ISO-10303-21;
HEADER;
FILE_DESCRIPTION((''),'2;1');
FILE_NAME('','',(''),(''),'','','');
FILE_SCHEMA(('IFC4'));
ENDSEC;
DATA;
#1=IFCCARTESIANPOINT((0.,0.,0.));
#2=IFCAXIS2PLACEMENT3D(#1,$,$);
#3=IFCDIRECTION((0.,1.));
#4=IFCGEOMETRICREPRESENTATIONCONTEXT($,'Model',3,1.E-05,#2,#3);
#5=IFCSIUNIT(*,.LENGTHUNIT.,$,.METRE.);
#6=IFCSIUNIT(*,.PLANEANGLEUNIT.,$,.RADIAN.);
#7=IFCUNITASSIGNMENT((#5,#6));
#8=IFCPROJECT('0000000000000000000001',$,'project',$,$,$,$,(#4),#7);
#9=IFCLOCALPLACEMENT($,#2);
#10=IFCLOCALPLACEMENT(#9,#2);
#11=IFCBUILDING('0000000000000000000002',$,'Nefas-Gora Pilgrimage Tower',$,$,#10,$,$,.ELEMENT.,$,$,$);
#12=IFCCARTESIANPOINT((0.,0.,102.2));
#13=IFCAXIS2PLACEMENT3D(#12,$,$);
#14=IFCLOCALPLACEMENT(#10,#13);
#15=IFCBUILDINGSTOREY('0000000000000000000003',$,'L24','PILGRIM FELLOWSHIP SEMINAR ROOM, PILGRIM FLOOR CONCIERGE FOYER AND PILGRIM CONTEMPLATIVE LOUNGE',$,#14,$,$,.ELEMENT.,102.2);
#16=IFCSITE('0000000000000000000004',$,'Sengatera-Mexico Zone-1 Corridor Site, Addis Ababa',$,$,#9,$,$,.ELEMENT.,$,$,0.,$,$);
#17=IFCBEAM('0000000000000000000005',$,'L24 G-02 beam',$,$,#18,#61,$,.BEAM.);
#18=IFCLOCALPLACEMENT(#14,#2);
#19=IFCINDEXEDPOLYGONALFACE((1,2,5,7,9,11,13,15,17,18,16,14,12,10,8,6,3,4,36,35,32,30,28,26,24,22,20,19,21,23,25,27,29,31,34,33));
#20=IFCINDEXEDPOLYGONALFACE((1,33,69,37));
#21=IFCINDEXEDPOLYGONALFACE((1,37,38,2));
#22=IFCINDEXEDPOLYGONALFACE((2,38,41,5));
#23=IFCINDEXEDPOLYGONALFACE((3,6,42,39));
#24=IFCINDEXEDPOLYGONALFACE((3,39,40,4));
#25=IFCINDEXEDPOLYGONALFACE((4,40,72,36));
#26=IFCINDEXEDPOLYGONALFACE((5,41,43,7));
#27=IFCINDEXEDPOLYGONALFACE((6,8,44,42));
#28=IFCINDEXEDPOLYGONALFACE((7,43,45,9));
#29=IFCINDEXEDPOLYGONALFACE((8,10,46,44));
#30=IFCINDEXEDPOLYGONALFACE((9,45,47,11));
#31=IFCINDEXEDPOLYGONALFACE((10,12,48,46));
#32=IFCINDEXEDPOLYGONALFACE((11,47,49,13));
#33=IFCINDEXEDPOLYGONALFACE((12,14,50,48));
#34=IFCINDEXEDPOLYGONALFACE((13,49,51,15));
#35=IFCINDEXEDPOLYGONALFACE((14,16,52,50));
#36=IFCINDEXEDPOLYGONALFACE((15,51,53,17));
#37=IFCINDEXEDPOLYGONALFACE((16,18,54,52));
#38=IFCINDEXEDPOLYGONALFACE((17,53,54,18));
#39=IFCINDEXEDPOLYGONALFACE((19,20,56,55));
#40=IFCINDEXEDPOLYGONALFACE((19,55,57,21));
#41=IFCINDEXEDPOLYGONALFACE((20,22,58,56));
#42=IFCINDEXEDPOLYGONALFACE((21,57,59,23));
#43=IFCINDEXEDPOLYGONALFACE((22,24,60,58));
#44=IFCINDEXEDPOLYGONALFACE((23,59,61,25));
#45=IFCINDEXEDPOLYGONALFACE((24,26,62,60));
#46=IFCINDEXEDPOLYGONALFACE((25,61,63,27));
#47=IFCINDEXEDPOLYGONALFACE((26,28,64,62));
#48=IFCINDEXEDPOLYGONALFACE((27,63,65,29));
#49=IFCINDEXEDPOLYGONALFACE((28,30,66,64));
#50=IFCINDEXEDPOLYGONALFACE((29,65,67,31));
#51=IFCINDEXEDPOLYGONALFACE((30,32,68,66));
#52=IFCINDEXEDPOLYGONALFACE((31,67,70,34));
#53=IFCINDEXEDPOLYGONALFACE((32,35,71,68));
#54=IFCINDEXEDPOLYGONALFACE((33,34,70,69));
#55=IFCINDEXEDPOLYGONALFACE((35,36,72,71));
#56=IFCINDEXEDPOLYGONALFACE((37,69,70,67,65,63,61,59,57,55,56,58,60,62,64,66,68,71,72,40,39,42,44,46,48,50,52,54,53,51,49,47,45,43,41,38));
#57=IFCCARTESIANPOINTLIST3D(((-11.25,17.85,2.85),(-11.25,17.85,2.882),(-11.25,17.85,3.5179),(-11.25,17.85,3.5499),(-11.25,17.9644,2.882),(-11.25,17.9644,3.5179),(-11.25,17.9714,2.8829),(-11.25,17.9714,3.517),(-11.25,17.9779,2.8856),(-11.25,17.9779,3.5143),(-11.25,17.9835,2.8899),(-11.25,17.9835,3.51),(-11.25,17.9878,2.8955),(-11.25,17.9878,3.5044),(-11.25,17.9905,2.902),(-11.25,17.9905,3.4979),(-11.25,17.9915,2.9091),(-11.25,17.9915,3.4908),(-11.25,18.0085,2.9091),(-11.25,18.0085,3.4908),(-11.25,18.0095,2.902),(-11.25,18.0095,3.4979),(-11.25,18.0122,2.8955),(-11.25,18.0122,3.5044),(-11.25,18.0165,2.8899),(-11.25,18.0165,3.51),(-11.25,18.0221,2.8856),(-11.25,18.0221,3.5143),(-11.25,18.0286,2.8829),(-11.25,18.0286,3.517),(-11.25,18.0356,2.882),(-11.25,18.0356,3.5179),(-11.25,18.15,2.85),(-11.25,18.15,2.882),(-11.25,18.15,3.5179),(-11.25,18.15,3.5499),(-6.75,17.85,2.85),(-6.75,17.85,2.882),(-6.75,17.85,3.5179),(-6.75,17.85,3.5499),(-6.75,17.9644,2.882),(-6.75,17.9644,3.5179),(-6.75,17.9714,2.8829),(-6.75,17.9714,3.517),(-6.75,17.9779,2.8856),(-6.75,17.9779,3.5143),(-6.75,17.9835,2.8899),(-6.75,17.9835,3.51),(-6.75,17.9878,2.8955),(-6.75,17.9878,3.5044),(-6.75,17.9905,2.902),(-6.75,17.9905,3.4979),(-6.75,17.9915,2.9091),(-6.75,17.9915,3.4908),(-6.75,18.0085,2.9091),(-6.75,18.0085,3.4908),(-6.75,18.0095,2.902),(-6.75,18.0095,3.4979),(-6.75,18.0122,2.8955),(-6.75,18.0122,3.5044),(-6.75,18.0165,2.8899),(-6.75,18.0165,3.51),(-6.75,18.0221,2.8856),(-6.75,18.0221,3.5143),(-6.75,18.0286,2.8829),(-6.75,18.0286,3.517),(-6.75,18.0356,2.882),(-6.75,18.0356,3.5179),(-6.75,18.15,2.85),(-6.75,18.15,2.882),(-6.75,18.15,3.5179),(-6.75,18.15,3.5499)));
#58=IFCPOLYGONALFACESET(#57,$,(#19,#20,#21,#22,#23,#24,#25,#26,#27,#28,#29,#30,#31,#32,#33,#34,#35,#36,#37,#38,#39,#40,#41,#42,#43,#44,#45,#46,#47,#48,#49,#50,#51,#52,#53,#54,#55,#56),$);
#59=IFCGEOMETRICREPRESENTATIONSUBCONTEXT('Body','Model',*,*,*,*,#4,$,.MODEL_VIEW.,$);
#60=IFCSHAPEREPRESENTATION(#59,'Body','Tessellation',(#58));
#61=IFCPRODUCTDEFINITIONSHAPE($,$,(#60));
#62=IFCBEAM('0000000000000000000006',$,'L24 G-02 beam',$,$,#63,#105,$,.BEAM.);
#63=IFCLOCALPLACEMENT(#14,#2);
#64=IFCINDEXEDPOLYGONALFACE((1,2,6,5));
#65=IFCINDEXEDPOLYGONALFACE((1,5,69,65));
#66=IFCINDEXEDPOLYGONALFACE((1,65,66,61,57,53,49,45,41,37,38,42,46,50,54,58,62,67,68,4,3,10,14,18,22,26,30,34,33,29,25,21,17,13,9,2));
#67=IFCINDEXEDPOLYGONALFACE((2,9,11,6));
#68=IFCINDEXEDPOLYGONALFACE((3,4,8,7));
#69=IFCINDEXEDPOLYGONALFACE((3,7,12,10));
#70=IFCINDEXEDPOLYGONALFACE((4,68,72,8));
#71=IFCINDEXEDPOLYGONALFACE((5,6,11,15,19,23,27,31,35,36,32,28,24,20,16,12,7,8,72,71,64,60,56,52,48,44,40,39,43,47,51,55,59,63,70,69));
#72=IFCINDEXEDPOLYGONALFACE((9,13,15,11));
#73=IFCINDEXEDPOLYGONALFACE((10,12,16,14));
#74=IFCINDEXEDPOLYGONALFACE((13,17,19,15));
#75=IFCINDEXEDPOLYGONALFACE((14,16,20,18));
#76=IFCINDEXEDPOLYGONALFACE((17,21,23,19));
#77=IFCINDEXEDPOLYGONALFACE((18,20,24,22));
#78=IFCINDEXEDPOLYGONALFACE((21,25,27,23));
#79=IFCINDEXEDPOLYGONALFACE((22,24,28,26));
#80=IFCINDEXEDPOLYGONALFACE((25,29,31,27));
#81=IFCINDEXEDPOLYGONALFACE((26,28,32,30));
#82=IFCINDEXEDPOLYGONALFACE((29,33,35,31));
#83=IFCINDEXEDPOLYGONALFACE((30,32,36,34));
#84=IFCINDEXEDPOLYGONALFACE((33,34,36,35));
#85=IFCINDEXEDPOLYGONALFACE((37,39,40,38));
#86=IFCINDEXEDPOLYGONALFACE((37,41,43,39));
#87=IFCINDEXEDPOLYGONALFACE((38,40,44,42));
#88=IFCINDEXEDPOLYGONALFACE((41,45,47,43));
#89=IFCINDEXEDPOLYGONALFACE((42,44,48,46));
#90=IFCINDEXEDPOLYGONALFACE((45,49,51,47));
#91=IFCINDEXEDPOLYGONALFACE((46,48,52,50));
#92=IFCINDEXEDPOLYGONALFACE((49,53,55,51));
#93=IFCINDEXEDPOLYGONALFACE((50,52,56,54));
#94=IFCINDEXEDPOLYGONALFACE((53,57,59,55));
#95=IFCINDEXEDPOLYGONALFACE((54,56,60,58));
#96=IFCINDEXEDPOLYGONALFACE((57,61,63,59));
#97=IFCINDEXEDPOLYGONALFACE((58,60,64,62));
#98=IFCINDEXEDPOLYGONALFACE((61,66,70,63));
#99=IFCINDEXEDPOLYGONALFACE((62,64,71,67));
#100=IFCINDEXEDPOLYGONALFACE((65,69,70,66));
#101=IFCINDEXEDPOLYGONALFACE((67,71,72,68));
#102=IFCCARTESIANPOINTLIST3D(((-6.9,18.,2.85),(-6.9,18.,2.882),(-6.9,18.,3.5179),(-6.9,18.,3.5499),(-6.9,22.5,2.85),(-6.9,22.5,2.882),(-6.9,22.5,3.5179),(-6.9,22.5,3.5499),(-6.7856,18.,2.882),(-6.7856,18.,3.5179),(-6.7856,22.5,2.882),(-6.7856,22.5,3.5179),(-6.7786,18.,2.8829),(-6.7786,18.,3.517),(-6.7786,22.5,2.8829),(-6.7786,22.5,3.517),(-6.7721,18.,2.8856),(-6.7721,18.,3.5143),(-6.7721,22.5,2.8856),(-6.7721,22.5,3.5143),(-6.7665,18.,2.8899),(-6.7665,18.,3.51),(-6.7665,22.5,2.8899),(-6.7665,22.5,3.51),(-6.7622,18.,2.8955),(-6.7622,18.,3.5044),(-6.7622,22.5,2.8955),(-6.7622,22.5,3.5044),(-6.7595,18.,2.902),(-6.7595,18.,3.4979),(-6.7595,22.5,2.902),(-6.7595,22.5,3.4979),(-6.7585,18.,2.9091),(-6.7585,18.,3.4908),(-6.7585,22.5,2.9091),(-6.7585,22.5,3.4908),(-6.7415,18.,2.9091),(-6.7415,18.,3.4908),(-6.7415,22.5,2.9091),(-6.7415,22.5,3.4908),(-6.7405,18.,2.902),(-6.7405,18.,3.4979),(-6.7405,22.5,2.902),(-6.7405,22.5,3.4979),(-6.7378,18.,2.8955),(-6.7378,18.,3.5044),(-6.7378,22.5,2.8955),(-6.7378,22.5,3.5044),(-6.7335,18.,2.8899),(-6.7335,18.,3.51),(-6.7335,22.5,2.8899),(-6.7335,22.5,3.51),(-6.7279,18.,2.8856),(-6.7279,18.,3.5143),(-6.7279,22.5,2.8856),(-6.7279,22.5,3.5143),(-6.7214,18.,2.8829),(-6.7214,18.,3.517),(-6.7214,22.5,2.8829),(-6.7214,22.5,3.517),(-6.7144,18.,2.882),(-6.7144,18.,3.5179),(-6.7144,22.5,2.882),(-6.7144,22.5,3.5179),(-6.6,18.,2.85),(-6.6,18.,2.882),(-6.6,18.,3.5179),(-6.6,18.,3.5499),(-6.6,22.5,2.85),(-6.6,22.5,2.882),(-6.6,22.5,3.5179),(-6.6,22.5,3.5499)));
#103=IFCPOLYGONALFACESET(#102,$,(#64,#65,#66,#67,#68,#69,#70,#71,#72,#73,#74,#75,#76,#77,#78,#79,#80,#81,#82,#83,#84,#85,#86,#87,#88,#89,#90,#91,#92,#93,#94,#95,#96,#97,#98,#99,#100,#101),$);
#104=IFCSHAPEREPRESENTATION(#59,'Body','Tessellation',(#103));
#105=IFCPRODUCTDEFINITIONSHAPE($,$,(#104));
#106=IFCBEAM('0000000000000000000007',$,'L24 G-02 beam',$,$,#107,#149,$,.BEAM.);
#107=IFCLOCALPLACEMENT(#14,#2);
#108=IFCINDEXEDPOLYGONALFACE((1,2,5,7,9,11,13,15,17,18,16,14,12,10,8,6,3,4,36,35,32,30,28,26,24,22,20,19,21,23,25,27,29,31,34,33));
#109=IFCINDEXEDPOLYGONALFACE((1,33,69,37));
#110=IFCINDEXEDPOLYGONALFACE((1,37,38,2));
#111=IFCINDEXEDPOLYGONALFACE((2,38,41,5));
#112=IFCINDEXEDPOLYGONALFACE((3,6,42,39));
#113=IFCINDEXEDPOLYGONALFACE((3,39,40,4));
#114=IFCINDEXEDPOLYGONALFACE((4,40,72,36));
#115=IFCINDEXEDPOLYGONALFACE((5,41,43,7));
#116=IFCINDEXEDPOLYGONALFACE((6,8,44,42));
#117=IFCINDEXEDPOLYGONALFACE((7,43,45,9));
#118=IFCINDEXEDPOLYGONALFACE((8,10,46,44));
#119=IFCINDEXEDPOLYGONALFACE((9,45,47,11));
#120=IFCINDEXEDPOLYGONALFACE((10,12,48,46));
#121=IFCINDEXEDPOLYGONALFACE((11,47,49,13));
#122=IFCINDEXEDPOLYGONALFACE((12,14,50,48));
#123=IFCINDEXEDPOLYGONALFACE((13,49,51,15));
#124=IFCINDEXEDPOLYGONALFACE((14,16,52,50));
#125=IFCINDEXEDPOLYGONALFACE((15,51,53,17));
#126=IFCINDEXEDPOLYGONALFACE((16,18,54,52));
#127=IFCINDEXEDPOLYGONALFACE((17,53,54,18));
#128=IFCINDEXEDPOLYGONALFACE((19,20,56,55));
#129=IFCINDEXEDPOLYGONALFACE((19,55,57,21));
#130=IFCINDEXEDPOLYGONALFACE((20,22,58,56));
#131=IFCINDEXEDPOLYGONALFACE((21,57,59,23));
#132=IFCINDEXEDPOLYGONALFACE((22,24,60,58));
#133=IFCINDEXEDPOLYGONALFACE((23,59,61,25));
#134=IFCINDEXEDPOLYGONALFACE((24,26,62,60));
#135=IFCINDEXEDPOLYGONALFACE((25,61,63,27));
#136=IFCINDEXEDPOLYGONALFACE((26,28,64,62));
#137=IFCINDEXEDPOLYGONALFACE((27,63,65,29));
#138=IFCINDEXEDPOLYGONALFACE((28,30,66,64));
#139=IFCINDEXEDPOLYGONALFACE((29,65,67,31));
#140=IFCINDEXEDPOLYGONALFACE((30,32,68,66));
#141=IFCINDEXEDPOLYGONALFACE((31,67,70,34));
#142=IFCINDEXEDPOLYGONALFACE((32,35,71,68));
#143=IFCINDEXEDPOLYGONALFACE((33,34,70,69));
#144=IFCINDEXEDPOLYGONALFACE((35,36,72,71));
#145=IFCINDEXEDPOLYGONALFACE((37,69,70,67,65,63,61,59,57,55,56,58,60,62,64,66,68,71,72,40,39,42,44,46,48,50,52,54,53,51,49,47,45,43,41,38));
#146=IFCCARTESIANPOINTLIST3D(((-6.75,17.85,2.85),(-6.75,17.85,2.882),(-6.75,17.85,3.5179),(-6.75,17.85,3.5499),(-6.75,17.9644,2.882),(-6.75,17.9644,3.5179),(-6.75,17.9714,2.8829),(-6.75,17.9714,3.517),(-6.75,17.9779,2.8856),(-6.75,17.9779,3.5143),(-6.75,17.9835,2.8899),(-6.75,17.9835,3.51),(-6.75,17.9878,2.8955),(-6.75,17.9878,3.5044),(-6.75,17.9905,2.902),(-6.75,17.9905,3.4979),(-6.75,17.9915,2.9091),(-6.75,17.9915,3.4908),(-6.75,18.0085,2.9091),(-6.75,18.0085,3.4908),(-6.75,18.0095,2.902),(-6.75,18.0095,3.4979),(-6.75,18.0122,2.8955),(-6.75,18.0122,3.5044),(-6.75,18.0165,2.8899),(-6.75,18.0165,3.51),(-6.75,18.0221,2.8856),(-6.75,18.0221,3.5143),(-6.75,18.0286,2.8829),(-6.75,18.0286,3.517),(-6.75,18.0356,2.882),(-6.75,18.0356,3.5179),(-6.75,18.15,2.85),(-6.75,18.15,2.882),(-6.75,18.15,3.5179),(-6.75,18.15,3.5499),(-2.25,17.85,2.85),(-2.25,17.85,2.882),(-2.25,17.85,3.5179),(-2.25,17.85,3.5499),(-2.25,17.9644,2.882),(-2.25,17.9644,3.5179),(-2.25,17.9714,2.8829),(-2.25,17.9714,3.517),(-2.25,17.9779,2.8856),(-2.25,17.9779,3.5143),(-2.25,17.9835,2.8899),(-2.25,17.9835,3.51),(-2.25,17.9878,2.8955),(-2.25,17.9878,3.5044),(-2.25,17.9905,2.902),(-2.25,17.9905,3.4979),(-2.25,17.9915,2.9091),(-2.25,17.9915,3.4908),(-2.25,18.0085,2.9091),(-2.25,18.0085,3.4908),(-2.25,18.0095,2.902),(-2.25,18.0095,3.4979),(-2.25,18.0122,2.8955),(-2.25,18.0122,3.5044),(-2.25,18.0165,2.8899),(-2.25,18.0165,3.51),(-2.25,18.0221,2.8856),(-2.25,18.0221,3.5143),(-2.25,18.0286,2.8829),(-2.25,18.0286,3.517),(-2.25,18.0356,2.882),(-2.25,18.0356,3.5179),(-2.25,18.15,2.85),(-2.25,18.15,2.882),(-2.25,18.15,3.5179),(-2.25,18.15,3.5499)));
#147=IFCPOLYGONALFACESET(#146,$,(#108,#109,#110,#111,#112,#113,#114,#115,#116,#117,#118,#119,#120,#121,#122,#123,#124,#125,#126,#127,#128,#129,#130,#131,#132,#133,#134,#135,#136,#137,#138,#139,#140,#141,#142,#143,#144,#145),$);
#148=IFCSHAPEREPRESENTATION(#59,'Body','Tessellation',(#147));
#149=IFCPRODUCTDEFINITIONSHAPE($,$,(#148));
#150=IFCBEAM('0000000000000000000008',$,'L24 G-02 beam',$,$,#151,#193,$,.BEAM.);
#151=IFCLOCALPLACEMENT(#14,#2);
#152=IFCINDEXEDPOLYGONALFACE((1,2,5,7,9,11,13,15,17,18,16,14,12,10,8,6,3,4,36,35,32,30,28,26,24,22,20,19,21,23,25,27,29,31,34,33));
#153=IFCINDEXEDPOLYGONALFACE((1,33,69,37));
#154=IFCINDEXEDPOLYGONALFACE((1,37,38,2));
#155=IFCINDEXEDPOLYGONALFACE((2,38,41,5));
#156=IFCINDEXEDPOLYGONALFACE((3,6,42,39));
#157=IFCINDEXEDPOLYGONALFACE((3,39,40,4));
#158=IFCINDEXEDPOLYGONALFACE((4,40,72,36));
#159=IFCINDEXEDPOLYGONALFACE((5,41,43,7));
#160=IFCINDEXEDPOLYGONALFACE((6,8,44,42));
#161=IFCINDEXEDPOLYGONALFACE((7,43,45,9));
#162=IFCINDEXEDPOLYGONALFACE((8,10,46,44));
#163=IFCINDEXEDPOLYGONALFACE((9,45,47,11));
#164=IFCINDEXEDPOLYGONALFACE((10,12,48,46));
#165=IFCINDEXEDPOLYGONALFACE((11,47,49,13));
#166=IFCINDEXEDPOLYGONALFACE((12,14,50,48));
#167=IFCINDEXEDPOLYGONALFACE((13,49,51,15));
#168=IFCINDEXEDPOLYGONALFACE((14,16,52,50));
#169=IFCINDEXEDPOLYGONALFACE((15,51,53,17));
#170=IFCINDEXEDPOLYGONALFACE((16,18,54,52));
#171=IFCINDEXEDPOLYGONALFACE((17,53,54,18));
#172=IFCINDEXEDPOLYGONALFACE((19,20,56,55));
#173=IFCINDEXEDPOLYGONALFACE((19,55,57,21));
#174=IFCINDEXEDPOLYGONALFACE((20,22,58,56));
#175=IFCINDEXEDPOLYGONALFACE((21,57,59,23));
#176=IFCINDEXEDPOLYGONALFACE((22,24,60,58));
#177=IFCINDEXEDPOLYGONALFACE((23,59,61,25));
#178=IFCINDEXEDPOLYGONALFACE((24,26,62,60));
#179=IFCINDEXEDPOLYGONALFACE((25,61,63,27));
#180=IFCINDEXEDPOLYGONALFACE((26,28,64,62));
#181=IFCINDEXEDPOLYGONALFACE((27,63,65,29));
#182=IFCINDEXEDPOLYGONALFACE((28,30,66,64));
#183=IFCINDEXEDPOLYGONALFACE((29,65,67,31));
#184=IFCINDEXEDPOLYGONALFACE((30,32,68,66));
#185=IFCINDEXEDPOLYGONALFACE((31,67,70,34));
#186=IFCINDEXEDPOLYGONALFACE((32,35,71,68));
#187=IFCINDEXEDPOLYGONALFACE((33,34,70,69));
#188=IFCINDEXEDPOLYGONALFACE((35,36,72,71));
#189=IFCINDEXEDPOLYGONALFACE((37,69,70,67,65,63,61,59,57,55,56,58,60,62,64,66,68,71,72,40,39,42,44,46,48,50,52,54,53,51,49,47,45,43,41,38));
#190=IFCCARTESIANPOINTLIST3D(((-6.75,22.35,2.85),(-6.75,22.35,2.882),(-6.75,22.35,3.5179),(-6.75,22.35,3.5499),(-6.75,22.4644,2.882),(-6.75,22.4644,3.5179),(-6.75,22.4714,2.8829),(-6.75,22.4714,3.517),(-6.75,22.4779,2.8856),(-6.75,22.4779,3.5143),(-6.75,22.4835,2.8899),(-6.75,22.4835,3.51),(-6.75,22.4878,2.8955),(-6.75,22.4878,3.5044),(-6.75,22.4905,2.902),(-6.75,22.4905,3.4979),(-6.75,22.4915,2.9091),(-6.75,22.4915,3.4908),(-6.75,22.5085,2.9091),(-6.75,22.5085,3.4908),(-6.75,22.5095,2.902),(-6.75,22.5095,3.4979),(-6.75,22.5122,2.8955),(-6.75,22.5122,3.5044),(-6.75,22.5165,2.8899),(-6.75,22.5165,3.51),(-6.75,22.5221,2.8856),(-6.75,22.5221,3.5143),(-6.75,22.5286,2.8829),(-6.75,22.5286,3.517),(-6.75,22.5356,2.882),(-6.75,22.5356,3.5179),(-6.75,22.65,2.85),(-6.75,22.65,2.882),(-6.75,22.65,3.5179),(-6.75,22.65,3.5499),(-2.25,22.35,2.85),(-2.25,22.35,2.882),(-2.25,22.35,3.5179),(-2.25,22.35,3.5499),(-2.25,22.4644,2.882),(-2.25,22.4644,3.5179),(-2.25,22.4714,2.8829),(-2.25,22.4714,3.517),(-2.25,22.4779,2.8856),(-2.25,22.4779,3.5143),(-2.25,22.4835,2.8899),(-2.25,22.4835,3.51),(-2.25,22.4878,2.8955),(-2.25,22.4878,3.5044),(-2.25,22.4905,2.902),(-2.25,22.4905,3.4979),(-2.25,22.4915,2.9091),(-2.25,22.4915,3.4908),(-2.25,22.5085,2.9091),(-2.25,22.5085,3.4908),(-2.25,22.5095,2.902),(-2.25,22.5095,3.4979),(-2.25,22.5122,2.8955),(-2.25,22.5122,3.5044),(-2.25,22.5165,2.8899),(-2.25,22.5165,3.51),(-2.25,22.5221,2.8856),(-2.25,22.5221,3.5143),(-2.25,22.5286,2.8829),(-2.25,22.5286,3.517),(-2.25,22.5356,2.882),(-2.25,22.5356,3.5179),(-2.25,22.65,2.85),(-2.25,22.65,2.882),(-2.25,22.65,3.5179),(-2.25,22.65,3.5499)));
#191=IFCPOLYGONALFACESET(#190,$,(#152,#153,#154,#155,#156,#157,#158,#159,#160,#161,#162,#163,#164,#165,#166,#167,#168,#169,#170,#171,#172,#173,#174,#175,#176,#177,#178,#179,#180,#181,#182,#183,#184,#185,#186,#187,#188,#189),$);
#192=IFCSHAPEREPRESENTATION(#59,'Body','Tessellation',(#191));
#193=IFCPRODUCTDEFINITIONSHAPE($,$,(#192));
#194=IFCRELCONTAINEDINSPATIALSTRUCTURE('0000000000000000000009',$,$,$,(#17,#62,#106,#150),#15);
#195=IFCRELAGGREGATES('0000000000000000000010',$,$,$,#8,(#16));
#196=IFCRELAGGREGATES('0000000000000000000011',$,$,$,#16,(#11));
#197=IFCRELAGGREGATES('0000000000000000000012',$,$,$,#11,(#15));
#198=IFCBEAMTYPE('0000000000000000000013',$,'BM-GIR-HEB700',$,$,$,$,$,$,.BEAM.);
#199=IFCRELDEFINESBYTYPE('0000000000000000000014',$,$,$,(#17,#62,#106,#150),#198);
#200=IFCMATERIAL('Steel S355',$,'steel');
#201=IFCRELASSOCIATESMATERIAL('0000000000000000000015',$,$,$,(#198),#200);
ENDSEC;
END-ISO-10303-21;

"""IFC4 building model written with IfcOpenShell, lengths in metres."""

from ifc_helpers import new_model, si_unit, direction, frame, origin, origin_2d, place, context, subcontext, project, spatial, i_section, extrude, source, transform, mapped, material, material_profile, profile_set, type_object, element, save


model = new_model("IFC4")

# Units and contexts
model_context = context("Model", 3, precision=1e-05, world=origin(), true_north=direction((0.0, 1.0)))
body_context = subcontext(model_context, "Body", "Model", "MODEL_VIEW")
ifc_project = project(units=[si_unit("LENGTHUNIT", "METRE"), si_unit("PLANEANGLEUNIT", "RADIAN")], contexts=[model_context])

# Site, building, storey
site_placement = place(None, origin())
site = spatial("IfcSite", under=ifc_project, at=site_placement, Name="Sengatera-Mexico Zone-1 Corridor Site, Addis Ababa", CompositionType="ELEMENT", RefElevation=0.0)
building_placement = place(site_placement, origin())
building = spatial("IfcBuilding", under=site, at=building_placement, Name="Nefas-Gora Pilgrimage Tower", CompositionType="ELEMENT")
storey_placement = place(building_placement, frame((0.0, 0.0, 102.2)))
storey = spatial("IfcBuildingStorey", under=building, at=storey_placement, Name="L24", Description="PILGRIM FELLOWSHIP SEMINAR ROOM, PILGRIM FLOOR CONCIERGE FOYER AND PILGRIM CONTEMPLATIVE LOUNGE", CompositionType="ELEMENT", Elevation=102.2)

# Beams
ifc_material_1 = material(Name="Steel S355", Category="steel")
ifc_material_profile_1 = material_profile(ifc_material_1, i_section(OverallWidth=0.3, OverallDepth=0.7, WebThickness=0.0171, FlangeThickness=0.032, FilletRadius=0.0271, at=origin_2d()), Name="HEB 700")
ifc_profile_set_1 = profile_set([ifc_material_profile_1], Name="Steel S355")
beam_type_1 = type_object("IfcBeamType", Name="BM-GIR-HEB700", PredefinedType="BEAM", material=ifc_profile_set_1)
shared_shape_1 = source(origin(), body_context, "Body", "SweptSolid", [
    extrude(i_section(OverallWidth=0.3, OverallDepth=0.7, WebThickness=0.0171, FlangeThickness=0.032, FilletRadius=0.0271, at=origin_2d()), origin(), (0.0, 0.0, 1.0), 4.5),
])
for number, where, z_axis, x_axis, name in (
    (1, (-11.25, 18.0, 3.2), (1.0, 0.0, 0.0), (0.0, 1.0, 0.0), "L24 G-02 beam"),
    (2, (-6.75, 18.0, 3.2), (0.0, 1.0, 0.0), (-1.0, 0.0, 0.0), "L24 G-02 beam"),
    (3, (-6.75, 18.0, 3.2), (1.0, 0.0, 0.0), (0.0, 1.0, 0.0), "L24 G-02 beam"),
    (4, (-6.75, 22.5, 3.2), (1.0, 0.0, 0.0), (0.0, 1.0, 0.0), "L24 G-02 beam"),
):
    element("IfcBeam", number, at=place(storey_placement, frame(where, z_axis=z_axis, x_axis=x_axis)), inside=storey, type_object=beam_type_1, Name=name, PredefinedType="BEAM", context=body_context, shape_type="MappedRepresentation", body=[
        mapped(shared_shape_1, transform((0.0, 0.0, 0.0), x_axis=(1.0, 0.0, 0.0), y_axis=(0.0, 1.0, 0.0), z_axis=(0.0, 0.0, 1.0), scale=1.0)),
    ])

save(model, "model.ifc")
